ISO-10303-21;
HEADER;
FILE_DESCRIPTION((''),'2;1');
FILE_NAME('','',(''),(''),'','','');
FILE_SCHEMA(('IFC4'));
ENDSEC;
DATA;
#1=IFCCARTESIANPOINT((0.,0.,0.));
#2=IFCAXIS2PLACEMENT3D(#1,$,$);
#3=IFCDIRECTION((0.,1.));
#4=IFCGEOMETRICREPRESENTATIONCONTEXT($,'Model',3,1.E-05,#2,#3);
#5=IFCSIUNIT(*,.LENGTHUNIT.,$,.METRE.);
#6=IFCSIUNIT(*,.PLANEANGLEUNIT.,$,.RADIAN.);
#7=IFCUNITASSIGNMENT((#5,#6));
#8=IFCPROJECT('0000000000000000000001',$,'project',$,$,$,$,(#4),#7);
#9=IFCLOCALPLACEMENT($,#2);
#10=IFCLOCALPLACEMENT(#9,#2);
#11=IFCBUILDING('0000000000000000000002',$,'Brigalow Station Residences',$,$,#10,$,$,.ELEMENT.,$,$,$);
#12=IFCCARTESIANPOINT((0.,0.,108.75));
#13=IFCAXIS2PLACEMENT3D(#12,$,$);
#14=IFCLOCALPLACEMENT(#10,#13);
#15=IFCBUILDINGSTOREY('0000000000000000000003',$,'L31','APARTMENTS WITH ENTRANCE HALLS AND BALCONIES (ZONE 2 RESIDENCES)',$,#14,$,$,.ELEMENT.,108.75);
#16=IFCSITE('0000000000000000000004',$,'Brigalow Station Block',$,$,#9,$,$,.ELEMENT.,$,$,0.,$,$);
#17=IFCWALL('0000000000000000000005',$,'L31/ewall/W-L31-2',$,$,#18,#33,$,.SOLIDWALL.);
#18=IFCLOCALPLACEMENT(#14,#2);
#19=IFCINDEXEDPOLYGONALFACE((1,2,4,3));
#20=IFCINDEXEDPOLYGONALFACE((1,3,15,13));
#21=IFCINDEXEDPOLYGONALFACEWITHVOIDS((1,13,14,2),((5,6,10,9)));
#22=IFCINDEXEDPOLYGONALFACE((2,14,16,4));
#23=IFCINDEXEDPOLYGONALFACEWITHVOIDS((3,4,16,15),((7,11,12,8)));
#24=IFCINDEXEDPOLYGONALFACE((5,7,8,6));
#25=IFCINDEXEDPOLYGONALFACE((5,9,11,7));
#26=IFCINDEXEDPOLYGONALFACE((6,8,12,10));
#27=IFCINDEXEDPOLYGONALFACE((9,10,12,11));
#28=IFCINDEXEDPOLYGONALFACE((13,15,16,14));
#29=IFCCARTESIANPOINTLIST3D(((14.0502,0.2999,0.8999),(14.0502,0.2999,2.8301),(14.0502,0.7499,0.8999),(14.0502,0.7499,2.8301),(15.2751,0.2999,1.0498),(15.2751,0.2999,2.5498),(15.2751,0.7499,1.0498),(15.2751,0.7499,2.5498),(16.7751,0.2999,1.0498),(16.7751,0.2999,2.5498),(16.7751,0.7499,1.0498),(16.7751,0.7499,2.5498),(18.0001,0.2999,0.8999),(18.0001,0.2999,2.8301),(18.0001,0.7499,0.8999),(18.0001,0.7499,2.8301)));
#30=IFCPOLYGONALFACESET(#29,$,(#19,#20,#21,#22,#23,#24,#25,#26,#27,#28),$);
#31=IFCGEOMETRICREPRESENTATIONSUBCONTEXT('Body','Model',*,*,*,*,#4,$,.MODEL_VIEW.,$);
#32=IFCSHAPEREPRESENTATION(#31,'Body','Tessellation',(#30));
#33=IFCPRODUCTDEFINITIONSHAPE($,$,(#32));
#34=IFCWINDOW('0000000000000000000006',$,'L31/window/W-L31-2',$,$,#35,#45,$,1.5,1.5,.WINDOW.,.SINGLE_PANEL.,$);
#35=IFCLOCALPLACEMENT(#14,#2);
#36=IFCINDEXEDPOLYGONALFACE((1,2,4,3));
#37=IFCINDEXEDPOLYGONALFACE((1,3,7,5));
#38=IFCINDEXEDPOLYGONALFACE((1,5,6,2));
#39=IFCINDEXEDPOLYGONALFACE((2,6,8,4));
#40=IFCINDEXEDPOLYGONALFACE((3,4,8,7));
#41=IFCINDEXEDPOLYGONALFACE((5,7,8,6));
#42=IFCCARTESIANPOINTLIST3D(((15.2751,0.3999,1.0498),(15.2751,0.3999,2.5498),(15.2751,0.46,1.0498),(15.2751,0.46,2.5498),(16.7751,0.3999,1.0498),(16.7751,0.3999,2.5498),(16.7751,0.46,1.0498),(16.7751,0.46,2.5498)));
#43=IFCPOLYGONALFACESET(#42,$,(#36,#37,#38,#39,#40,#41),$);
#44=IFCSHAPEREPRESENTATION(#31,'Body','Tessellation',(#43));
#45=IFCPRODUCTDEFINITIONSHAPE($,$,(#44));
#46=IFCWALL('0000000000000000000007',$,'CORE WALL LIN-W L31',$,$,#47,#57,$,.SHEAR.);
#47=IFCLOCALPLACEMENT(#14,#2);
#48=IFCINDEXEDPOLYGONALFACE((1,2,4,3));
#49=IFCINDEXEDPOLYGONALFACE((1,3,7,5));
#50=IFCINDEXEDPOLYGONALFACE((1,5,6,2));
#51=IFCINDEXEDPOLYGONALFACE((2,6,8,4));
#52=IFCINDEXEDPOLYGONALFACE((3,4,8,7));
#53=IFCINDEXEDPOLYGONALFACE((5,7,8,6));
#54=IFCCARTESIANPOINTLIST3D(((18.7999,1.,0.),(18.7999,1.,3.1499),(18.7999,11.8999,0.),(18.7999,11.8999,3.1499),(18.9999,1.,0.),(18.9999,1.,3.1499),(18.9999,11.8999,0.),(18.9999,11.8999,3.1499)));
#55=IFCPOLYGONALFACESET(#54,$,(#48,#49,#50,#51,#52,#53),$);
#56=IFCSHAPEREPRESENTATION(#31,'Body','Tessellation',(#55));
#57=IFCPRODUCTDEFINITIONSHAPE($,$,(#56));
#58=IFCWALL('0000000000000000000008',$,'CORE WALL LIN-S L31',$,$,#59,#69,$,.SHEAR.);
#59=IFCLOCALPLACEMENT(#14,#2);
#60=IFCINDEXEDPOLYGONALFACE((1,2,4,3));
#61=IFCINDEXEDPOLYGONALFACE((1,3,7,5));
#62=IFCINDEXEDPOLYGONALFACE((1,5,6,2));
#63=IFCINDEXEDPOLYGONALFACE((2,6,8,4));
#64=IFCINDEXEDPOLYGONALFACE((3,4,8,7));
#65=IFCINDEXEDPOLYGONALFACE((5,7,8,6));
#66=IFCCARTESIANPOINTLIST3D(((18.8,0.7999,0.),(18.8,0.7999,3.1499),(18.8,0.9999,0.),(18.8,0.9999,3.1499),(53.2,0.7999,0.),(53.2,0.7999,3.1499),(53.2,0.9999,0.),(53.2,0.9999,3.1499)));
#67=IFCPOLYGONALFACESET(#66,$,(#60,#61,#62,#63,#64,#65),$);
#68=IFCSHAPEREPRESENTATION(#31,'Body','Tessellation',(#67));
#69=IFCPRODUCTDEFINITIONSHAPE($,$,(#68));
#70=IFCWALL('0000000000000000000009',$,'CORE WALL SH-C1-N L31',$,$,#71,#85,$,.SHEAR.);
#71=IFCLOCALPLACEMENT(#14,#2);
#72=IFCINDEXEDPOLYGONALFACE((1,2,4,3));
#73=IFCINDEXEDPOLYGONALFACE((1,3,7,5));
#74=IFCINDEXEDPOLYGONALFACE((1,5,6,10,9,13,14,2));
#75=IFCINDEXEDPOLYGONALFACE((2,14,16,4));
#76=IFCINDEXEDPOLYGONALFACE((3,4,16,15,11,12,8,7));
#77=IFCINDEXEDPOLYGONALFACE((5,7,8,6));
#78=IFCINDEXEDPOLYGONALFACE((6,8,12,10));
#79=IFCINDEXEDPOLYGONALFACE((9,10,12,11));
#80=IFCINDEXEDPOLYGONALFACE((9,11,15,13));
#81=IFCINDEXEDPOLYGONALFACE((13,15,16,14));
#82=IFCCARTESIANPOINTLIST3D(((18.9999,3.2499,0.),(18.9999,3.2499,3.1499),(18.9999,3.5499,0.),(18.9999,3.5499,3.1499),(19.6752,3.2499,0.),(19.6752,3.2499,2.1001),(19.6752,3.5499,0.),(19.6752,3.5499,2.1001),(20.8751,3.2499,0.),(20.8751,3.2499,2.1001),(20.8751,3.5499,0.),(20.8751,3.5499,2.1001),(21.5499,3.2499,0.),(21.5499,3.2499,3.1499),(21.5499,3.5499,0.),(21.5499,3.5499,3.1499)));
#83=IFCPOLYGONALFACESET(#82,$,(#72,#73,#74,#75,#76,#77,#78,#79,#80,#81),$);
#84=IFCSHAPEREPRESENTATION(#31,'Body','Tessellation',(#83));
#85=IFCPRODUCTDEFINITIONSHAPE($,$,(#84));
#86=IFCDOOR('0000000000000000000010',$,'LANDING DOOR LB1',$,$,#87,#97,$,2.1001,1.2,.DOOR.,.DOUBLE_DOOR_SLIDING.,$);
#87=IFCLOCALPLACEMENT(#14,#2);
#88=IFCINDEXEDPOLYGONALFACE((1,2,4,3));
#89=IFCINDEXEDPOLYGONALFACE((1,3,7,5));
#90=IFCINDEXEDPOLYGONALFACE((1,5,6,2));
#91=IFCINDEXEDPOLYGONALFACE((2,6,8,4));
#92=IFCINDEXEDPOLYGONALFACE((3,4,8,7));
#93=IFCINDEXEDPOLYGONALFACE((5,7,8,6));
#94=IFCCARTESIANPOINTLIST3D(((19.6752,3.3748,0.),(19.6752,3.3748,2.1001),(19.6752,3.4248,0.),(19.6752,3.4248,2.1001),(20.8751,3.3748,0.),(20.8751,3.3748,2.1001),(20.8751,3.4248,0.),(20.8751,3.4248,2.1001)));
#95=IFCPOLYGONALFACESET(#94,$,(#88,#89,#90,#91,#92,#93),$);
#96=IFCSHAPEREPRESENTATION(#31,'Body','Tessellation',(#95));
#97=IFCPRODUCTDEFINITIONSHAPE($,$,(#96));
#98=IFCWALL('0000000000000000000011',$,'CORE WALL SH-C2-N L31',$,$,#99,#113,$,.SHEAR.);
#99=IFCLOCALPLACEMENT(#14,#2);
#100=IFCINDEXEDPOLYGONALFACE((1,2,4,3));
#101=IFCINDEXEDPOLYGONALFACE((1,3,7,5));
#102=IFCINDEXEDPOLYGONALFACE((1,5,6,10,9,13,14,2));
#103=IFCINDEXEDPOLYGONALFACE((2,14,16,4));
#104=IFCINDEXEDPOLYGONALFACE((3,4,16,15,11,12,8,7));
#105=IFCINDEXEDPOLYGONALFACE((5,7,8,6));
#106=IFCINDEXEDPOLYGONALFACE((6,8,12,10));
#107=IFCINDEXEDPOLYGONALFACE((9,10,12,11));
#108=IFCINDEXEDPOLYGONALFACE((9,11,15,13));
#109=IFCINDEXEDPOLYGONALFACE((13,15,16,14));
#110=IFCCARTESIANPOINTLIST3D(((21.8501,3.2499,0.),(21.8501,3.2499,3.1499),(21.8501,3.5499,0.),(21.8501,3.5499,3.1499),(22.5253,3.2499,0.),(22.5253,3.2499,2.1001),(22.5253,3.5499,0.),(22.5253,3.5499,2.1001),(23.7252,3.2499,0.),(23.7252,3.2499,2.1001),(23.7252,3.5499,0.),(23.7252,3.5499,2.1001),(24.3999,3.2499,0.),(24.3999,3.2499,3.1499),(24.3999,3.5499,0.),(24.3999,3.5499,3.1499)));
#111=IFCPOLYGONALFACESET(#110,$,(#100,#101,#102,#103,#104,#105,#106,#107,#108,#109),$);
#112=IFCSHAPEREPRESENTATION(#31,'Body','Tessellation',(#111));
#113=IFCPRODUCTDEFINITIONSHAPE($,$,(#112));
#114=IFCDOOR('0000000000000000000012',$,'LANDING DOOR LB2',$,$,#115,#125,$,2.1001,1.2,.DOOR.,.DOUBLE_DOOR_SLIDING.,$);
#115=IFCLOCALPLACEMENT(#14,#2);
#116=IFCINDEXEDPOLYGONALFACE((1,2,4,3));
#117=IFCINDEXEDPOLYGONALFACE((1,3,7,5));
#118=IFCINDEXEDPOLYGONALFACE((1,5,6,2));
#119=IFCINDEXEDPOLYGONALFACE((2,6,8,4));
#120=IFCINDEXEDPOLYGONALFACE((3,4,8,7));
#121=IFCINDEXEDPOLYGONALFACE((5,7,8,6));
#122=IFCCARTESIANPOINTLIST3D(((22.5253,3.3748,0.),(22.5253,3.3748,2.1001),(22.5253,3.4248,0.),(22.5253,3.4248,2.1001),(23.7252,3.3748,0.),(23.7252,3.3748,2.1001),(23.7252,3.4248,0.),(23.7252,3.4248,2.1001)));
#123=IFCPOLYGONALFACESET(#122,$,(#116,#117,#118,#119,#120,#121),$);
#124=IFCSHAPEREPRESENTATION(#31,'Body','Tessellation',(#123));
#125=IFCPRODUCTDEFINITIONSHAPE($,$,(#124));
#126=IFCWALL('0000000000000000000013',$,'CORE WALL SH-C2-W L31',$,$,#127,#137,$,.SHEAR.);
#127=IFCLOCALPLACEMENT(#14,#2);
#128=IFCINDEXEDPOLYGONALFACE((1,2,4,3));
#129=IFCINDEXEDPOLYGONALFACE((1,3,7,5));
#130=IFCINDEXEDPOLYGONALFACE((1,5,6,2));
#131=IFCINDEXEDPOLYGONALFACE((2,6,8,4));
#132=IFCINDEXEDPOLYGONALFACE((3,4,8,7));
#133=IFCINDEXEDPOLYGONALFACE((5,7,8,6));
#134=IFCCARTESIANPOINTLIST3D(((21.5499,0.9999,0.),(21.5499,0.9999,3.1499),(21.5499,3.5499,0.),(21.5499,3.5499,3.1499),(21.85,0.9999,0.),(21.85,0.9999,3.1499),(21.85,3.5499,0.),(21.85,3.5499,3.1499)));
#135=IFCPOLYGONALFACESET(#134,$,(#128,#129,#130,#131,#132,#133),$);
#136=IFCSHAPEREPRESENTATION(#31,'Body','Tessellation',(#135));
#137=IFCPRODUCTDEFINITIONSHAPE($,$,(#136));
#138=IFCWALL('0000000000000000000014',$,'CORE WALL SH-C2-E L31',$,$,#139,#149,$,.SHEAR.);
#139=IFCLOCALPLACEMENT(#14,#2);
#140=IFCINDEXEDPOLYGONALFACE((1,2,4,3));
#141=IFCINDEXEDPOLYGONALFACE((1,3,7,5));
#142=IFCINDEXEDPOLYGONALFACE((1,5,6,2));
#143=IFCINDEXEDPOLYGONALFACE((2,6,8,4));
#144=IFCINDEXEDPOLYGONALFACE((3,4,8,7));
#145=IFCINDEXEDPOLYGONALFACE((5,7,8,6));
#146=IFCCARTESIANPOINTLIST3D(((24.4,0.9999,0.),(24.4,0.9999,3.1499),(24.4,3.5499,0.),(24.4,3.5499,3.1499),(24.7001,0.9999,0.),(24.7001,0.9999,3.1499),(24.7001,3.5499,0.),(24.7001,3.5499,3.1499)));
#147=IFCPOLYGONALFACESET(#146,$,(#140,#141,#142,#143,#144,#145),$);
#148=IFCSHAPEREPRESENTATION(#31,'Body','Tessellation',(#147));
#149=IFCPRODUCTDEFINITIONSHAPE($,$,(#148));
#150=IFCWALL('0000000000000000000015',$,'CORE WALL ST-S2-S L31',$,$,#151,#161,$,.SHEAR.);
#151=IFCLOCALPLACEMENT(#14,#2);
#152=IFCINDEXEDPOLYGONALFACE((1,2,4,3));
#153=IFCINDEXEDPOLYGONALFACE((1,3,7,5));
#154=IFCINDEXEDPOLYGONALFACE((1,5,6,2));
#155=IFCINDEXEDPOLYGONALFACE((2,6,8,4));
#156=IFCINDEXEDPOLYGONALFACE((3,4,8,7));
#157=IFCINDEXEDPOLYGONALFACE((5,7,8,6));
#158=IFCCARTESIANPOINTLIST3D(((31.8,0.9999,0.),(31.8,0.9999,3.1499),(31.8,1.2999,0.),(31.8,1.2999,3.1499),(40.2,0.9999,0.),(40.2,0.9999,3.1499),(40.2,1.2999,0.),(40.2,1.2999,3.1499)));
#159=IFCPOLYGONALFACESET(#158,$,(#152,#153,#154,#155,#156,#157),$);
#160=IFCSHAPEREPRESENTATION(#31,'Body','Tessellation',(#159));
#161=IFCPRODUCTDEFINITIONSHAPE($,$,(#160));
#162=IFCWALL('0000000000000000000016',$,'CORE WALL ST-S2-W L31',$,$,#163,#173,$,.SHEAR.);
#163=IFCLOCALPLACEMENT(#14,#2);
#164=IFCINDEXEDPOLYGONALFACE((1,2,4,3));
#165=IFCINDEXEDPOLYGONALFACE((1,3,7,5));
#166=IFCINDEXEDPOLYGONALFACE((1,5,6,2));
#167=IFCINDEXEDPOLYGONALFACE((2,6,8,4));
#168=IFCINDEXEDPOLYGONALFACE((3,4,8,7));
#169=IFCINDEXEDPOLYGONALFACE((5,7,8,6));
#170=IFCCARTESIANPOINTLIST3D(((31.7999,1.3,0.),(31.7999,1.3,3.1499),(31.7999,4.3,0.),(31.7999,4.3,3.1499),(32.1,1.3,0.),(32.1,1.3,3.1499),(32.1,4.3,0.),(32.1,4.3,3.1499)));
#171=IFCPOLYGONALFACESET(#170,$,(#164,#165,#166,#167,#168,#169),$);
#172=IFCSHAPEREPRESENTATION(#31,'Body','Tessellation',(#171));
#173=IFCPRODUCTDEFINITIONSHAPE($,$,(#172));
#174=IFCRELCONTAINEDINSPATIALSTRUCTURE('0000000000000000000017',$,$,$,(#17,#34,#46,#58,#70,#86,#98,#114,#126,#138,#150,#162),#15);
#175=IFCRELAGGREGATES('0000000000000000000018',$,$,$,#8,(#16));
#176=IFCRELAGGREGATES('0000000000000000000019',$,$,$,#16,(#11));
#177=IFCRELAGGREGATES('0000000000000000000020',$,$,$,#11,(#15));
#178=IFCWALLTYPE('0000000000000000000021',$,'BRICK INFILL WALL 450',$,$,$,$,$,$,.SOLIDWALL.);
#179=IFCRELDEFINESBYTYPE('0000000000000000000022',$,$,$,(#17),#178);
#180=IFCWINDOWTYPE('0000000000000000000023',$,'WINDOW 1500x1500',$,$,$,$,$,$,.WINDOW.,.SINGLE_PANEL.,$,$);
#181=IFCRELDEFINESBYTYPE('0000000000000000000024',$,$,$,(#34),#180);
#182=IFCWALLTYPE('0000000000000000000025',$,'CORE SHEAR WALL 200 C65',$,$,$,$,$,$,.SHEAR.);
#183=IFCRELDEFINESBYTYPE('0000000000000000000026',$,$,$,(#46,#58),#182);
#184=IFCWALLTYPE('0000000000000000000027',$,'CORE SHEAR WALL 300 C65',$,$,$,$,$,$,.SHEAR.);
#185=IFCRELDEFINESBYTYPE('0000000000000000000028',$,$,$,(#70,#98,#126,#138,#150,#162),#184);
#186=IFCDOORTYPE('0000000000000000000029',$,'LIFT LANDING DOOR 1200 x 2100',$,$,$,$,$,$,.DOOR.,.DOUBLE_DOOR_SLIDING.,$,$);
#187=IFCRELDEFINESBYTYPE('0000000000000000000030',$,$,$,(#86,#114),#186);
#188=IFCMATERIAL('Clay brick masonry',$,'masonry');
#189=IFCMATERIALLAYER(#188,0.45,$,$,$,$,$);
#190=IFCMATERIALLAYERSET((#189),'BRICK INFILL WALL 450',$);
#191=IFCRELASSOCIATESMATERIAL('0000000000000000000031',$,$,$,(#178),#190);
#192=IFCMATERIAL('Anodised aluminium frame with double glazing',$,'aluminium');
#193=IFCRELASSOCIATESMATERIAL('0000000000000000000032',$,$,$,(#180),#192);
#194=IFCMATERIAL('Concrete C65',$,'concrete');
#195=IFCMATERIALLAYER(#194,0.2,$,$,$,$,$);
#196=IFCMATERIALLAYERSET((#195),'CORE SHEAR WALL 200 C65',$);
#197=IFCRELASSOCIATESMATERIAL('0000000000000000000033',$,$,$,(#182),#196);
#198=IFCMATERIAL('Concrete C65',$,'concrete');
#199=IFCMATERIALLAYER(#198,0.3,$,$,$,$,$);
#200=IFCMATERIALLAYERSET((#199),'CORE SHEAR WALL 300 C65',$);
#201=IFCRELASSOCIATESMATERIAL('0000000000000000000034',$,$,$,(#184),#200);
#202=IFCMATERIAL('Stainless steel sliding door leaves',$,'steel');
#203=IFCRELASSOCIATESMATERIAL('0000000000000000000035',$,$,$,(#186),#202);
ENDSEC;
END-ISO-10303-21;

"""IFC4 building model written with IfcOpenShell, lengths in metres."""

from ifc_helpers import new_model, si_unit, direction, frame, frame_2d, origin, place, context, subcontext, project, spatial, rectangle, extrude, material, layer, layer_set, type_object, element, fill, save


model = new_model("IFC4")

# Units and contexts
model_context = context("Model", 3, precision=1e-05, world=origin(), true_north=direction((0.0, 1.0)))
body_context = subcontext(model_context, "Body", "Model", "MODEL_VIEW")
ifc_project = project(units=[si_unit("LENGTHUNIT", "METRE"), si_unit("PLANEANGLEUNIT", "RADIAN")], contexts=[model_context])

# Site, building, storey
site_placement = place(None, origin())
site = spatial("IfcSite", under=ifc_project, at=site_placement, Name="Brigalow Station Block", CompositionType="ELEMENT", RefElevation=0.0)
building_placement = place(site_placement, origin())
building = spatial("IfcBuilding", under=site, at=building_placement, Name="Brigalow Station Residences", CompositionType="ELEMENT")
storey_placement = place(building_placement, frame((0.0, 0.0, 108.75)))
storey = spatial("IfcBuildingStorey", under=building, at=storey_placement, Name="L31", Description="APARTMENTS WITH ENTRANCE HALLS AND BALCONIES (ZONE 2 RESIDENCES)", CompositionType="ELEMENT", Elevation=108.75)

# Wall, opening, window
ifc_material_1 = material(Name="Clay brick masonry", Category="masonry")
ifc_layer_1 = layer(ifc_material_1, 0.45)
ifc_layer_set_1 = layer_set([ifc_layer_1], Name="BRICK INFILL WALL 450")
wall_type_1 = type_object("IfcWallType", Name="BRICK INFILL WALL 450", PredefinedType="SOLIDWALL", material=ifc_layer_set_1)
wall_1_placement = place(storey_placement, frame((14.05, 0.5249, 0.8999), z_axis=(0.0, 0.0, 1.0), x_axis=(1.0, 0.0, 0.0)))
wall_1 = element("IfcWall", 1, at=wall_1_placement, inside=storey, type_object=wall_type_1, Name="L31/ewall/W-L31-2", PredefinedType="SOLIDWALL", context=body_context, shape_type="SweptSolid", body=[
    extrude(rectangle(XDim=3.95, YDim=0.45, at=frame_2d((1.9751, 0.0))), origin(), (0.0, 0.0, 1.0), 1.9302),
])
opening_1_placement = place(wall_1_placement, frame((1.2251, 0.0, 0.1499)))
opening_1 = element("IfcOpeningElement", 2, at=opening_1_placement, cuts=wall_1, PredefinedType="OPENING", context=body_context, shape_type="SweptSolid", body=[
    extrude(rectangle(XDim=1.5, YDim=1.5, at=frame_2d((0.75, 0.75))), frame((0.0, 0.2349, 0.0), z_axis=(0.0, -1.0, 0.0), x_axis=(1.0, 0.0, 0.0)), (0.0, 0.0, 1.0), 0.47),
])
ifc_material_2 = material(Name="Anodised aluminium frame with double glazing", Category="aluminium")
window_type = type_object("IfcWindowType", Name="WINDOW 1500x1500", PartitioningType="SINGLE_PANEL", PredefinedType="WINDOW", material=ifc_material_2)
window_placement = place(opening_1_placement, origin())
window = element("IfcWindow", 3, at=window_placement, inside=storey, type_object=window_type, Name="L31/window/W-L31-2", OverallHeight=1.5, OverallWidth=1.5, PartitioningType="SINGLE_PANEL", PredefinedType="WINDOW", context=body_context, shape_type="SweptSolid", body=[
    extrude(rectangle(XDim=1.5, YDim=1.5, at=frame_2d((0.75, 0.75))), frame((0.0, -0.0649, 0.0), z_axis=(0.0, -1.0, 0.0), x_axis=(1.0, 0.0, 0.0)), (0.0, 0.0, 1.0), 0.0601),
])
fill(opening_1, window)

# Walls
ifc_material_3 = material(Name="Concrete C65", Category="concrete")
ifc_layer_2 = layer(ifc_material_3, 0.2)
ifc_layer_set_2 = layer_set([ifc_layer_2], Name="CORE SHEAR WALL 200 C65")
wall_type_2 = type_object("IfcWallType", Name="CORE SHEAR WALL 200 C65", PredefinedType="SHEAR", material=ifc_layer_set_2)
wall_2_placement = place(storey_placement, frame((18.8999, 1.0, 0.0), z_axis=(0.0, 0.0, 1.0), x_axis=(0.0, 1.0, 0.0)))
element("IfcWall", 4, at=wall_2_placement, inside=storey, type_object=wall_type_2, Name="CORE WALL LIN-W L31", PredefinedType="SHEAR", context=body_context, shape_type="SweptSolid", body=[
    extrude(rectangle(XDim=10.8999, YDim=0.2, at=frame_2d((5.45, 0.0))), origin(), (0.0, 0.0, 1.0), 3.1499),
])
wall_3_placement = place(storey_placement, frame((18.8, 0.8999, 0.0), z_axis=(0.0, 0.0, 1.0), x_axis=(1.0, 0.0, 0.0)))
element("IfcWall", 5, at=wall_3_placement, inside=storey, type_object=wall_type_2, Name="CORE WALL LIN-S L31", PredefinedType="SHEAR", context=body_context, shape_type="SweptSolid", body=[
    extrude(rectangle(XDim=34.3999, YDim=0.2, at=frame_2d((17.2, 0.0))), origin(), (0.0, 0.0, 1.0), 3.1499),
])

# Walls, openings, doors
ifc_material_4 = material(Name="Concrete C65", Category="concrete")
ifc_layer_3 = layer(ifc_material_4, 0.3)
ifc_layer_set_3 = layer_set([ifc_layer_3], Name="CORE SHEAR WALL 300 C65")
wall_type_3 = type_object("IfcWallType", Name="CORE SHEAR WALL 300 C65", PredefinedType="SHEAR", material=ifc_layer_set_3)
wall_4_placement = place(storey_placement, frame((19.0, 3.3999, 0.0), z_axis=(0.0, 0.0, 1.0), x_axis=(1.0, 0.0, 0.0)))
wall_4 = element("IfcWall", 6, at=wall_4_placement, inside=storey, type_object=wall_type_3, Name="CORE WALL SH-C1-N L31", PredefinedType="SHEAR", context=body_context, shape_type="SweptSolid", body=[
    extrude(rectangle(XDim=2.55, YDim=0.3, at=frame_2d((1.2749, 0.0))), origin(), (0.0, 0.0, 1.0), 3.1499),
])
opening_2_placement = place(wall_4_placement, frame((0.675, 0.0, 0.0)))
opening_2 = element("IfcOpeningElement", 7, at=opening_2_placement, cuts=wall_4, PredefinedType="OPENING", context=body_context, shape_type="SweptSolid", body=[
    extrude(rectangle(XDim=1.2, YDim=2.1001, at=frame_2d((0.6001, 1.05))), frame((0.0, 0.1602, 0.0), z_axis=(0.0, -1.0, 0.0), x_axis=(1.0, 0.0, 0.0)), (0.0, 0.0, 1.0), 0.3201),
])
ifc_material_5 = material(Name="Stainless steel sliding door leaves", Category="steel")
door_type = type_object("IfcDoorType", Name="LIFT LANDING DOOR 1200 x 2100", OperationType="DOUBLE_DOOR_SLIDING", PredefinedType="DOOR", material=ifc_material_5)
door_1_placement = place(opening_2_placement, origin())
door_1 = element("IfcDoor", 8, at=door_1_placement, inside=storey, type_object=door_type, Name="LANDING DOOR LB1", OperationType="DOUBLE_DOOR_SLIDING", OverallHeight=2.1001, OverallWidth=1.2, PredefinedType="DOOR", context=body_context, shape_type="SweptSolid", body=[
    extrude(rectangle(XDim=1.2, YDim=2.1001, at=frame_2d((0.6001, 1.05))), frame((0.0, 0.0249, 0.0), z_axis=(0.0, -1.0, 0.0), x_axis=(1.0, 0.0, 0.0)), (0.0, 0.0, 1.0), 0.05),
])
fill(opening_2, door_1)
wall_5_placement = place(storey_placement, frame((21.8501, 3.3999, 0.0), z_axis=(0.0, 0.0, 1.0), x_axis=(1.0, 0.0, 0.0)))
wall_5 = element("IfcWall", 9, at=wall_5_placement, inside=storey, type_object=wall_type_3, Name="CORE WALL SH-C2-N L31", PredefinedType="SHEAR", context=body_context, shape_type="SweptSolid", body=[
    extrude(rectangle(XDim=2.5498, YDim=0.3, at=frame_2d((1.2749, 0.0))), origin(), (0.0, 0.0, 1.0), 3.1499),
])
opening_3_placement = place(wall_5_placement, frame((0.675, 0.0, 0.0)))
opening_3 = element("IfcOpeningElement", 10, at=opening_3_placement, cuts=wall_5, PredefinedType="OPENING", context=body_context, shape_type="SweptSolid", body=[
    extrude(rectangle(XDim=1.2, YDim=2.1001, at=frame_2d((0.6001, 1.05))), frame((0.0, 0.1602, 0.0), z_axis=(0.0, -1.0, 0.0), x_axis=(1.0, 0.0, 0.0)), (0.0, 0.0, 1.0), 0.3201),
])
door_2_placement = place(opening_3_placement, origin())
door_2 = element("IfcDoor", 11, at=door_2_placement, inside=storey, type_object=door_type, Name="LANDING DOOR LB2", OperationType="DOUBLE_DOOR_SLIDING", OverallHeight=2.1001, OverallWidth=1.2, PredefinedType="DOOR", context=body_context, shape_type="SweptSolid", body=[
    extrude(rectangle(XDim=1.2, YDim=2.1001, at=frame_2d((0.6001, 1.05))), frame((0.0, 0.0249, 0.0), z_axis=(0.0, -1.0, 0.0), x_axis=(1.0, 0.0, 0.0)), (0.0, 0.0, 1.0), 0.05),
])
fill(opening_3, door_2)

# Walls
for number, where, z_axis, x_axis, name in (
    (12, (21.7, 1.0, 0.0), (0.0, 0.0, 1.0), (0.0, 1.0, 0.0), "CORE WALL SH-C2-W L31"),
    (13, (24.55, 1.0, 0.0), (0.0, 0.0, 1.0), (0.0, 1.0, 0.0), "CORE WALL SH-C2-E L31"),
):
    element("IfcWall", number, at=place(storey_placement, frame(where, z_axis=z_axis, x_axis=x_axis)), inside=storey, type_object=wall_type_3, Name=name, PredefinedType="SHEAR", context=body_context, shape_type="SweptSolid", body=[
        extrude(rectangle(XDim=2.55, YDim=0.3, at=frame_2d((1.2749, 0.0))), origin(), (0.0, 0.0, 1.0), 3.1499),
    ])
wall_6_placement = place(storey_placement, frame((31.8, 1.1499, 0.0), z_axis=(0.0, 0.0, 1.0), x_axis=(1.0, 0.0, 0.0)))
element("IfcWall", 14, at=wall_6_placement, inside=storey, type_object=wall_type_3, Name="CORE WALL ST-S2-S L31", PredefinedType="SHEAR", context=body_context, shape_type="SweptSolid", body=[
    extrude(rectangle(XDim=8.3999, YDim=0.3, at=frame_2d((4.2, 0.0))), origin(), (0.0, 0.0, 1.0), 3.1499),
])
wall_7_placement = place(storey_placement, frame((31.95, 1.3, 0.0), z_axis=(0.0, 0.0, 1.0), x_axis=(0.0, 1.0, 0.0)))
element("IfcWall", 15, at=wall_7_placement, inside=storey, type_object=wall_type_3, Name="CORE WALL ST-S2-W L31", PredefinedType="SHEAR", context=body_context, shape_type="SweptSolid", body=[
    extrude(rectangle(XDim=3.0, YDim=0.3, at=frame_2d((1.5, 0.0))), origin(), (0.0, 0.0, 1.0), 3.1499),
])

save(model, "model.ifc")
